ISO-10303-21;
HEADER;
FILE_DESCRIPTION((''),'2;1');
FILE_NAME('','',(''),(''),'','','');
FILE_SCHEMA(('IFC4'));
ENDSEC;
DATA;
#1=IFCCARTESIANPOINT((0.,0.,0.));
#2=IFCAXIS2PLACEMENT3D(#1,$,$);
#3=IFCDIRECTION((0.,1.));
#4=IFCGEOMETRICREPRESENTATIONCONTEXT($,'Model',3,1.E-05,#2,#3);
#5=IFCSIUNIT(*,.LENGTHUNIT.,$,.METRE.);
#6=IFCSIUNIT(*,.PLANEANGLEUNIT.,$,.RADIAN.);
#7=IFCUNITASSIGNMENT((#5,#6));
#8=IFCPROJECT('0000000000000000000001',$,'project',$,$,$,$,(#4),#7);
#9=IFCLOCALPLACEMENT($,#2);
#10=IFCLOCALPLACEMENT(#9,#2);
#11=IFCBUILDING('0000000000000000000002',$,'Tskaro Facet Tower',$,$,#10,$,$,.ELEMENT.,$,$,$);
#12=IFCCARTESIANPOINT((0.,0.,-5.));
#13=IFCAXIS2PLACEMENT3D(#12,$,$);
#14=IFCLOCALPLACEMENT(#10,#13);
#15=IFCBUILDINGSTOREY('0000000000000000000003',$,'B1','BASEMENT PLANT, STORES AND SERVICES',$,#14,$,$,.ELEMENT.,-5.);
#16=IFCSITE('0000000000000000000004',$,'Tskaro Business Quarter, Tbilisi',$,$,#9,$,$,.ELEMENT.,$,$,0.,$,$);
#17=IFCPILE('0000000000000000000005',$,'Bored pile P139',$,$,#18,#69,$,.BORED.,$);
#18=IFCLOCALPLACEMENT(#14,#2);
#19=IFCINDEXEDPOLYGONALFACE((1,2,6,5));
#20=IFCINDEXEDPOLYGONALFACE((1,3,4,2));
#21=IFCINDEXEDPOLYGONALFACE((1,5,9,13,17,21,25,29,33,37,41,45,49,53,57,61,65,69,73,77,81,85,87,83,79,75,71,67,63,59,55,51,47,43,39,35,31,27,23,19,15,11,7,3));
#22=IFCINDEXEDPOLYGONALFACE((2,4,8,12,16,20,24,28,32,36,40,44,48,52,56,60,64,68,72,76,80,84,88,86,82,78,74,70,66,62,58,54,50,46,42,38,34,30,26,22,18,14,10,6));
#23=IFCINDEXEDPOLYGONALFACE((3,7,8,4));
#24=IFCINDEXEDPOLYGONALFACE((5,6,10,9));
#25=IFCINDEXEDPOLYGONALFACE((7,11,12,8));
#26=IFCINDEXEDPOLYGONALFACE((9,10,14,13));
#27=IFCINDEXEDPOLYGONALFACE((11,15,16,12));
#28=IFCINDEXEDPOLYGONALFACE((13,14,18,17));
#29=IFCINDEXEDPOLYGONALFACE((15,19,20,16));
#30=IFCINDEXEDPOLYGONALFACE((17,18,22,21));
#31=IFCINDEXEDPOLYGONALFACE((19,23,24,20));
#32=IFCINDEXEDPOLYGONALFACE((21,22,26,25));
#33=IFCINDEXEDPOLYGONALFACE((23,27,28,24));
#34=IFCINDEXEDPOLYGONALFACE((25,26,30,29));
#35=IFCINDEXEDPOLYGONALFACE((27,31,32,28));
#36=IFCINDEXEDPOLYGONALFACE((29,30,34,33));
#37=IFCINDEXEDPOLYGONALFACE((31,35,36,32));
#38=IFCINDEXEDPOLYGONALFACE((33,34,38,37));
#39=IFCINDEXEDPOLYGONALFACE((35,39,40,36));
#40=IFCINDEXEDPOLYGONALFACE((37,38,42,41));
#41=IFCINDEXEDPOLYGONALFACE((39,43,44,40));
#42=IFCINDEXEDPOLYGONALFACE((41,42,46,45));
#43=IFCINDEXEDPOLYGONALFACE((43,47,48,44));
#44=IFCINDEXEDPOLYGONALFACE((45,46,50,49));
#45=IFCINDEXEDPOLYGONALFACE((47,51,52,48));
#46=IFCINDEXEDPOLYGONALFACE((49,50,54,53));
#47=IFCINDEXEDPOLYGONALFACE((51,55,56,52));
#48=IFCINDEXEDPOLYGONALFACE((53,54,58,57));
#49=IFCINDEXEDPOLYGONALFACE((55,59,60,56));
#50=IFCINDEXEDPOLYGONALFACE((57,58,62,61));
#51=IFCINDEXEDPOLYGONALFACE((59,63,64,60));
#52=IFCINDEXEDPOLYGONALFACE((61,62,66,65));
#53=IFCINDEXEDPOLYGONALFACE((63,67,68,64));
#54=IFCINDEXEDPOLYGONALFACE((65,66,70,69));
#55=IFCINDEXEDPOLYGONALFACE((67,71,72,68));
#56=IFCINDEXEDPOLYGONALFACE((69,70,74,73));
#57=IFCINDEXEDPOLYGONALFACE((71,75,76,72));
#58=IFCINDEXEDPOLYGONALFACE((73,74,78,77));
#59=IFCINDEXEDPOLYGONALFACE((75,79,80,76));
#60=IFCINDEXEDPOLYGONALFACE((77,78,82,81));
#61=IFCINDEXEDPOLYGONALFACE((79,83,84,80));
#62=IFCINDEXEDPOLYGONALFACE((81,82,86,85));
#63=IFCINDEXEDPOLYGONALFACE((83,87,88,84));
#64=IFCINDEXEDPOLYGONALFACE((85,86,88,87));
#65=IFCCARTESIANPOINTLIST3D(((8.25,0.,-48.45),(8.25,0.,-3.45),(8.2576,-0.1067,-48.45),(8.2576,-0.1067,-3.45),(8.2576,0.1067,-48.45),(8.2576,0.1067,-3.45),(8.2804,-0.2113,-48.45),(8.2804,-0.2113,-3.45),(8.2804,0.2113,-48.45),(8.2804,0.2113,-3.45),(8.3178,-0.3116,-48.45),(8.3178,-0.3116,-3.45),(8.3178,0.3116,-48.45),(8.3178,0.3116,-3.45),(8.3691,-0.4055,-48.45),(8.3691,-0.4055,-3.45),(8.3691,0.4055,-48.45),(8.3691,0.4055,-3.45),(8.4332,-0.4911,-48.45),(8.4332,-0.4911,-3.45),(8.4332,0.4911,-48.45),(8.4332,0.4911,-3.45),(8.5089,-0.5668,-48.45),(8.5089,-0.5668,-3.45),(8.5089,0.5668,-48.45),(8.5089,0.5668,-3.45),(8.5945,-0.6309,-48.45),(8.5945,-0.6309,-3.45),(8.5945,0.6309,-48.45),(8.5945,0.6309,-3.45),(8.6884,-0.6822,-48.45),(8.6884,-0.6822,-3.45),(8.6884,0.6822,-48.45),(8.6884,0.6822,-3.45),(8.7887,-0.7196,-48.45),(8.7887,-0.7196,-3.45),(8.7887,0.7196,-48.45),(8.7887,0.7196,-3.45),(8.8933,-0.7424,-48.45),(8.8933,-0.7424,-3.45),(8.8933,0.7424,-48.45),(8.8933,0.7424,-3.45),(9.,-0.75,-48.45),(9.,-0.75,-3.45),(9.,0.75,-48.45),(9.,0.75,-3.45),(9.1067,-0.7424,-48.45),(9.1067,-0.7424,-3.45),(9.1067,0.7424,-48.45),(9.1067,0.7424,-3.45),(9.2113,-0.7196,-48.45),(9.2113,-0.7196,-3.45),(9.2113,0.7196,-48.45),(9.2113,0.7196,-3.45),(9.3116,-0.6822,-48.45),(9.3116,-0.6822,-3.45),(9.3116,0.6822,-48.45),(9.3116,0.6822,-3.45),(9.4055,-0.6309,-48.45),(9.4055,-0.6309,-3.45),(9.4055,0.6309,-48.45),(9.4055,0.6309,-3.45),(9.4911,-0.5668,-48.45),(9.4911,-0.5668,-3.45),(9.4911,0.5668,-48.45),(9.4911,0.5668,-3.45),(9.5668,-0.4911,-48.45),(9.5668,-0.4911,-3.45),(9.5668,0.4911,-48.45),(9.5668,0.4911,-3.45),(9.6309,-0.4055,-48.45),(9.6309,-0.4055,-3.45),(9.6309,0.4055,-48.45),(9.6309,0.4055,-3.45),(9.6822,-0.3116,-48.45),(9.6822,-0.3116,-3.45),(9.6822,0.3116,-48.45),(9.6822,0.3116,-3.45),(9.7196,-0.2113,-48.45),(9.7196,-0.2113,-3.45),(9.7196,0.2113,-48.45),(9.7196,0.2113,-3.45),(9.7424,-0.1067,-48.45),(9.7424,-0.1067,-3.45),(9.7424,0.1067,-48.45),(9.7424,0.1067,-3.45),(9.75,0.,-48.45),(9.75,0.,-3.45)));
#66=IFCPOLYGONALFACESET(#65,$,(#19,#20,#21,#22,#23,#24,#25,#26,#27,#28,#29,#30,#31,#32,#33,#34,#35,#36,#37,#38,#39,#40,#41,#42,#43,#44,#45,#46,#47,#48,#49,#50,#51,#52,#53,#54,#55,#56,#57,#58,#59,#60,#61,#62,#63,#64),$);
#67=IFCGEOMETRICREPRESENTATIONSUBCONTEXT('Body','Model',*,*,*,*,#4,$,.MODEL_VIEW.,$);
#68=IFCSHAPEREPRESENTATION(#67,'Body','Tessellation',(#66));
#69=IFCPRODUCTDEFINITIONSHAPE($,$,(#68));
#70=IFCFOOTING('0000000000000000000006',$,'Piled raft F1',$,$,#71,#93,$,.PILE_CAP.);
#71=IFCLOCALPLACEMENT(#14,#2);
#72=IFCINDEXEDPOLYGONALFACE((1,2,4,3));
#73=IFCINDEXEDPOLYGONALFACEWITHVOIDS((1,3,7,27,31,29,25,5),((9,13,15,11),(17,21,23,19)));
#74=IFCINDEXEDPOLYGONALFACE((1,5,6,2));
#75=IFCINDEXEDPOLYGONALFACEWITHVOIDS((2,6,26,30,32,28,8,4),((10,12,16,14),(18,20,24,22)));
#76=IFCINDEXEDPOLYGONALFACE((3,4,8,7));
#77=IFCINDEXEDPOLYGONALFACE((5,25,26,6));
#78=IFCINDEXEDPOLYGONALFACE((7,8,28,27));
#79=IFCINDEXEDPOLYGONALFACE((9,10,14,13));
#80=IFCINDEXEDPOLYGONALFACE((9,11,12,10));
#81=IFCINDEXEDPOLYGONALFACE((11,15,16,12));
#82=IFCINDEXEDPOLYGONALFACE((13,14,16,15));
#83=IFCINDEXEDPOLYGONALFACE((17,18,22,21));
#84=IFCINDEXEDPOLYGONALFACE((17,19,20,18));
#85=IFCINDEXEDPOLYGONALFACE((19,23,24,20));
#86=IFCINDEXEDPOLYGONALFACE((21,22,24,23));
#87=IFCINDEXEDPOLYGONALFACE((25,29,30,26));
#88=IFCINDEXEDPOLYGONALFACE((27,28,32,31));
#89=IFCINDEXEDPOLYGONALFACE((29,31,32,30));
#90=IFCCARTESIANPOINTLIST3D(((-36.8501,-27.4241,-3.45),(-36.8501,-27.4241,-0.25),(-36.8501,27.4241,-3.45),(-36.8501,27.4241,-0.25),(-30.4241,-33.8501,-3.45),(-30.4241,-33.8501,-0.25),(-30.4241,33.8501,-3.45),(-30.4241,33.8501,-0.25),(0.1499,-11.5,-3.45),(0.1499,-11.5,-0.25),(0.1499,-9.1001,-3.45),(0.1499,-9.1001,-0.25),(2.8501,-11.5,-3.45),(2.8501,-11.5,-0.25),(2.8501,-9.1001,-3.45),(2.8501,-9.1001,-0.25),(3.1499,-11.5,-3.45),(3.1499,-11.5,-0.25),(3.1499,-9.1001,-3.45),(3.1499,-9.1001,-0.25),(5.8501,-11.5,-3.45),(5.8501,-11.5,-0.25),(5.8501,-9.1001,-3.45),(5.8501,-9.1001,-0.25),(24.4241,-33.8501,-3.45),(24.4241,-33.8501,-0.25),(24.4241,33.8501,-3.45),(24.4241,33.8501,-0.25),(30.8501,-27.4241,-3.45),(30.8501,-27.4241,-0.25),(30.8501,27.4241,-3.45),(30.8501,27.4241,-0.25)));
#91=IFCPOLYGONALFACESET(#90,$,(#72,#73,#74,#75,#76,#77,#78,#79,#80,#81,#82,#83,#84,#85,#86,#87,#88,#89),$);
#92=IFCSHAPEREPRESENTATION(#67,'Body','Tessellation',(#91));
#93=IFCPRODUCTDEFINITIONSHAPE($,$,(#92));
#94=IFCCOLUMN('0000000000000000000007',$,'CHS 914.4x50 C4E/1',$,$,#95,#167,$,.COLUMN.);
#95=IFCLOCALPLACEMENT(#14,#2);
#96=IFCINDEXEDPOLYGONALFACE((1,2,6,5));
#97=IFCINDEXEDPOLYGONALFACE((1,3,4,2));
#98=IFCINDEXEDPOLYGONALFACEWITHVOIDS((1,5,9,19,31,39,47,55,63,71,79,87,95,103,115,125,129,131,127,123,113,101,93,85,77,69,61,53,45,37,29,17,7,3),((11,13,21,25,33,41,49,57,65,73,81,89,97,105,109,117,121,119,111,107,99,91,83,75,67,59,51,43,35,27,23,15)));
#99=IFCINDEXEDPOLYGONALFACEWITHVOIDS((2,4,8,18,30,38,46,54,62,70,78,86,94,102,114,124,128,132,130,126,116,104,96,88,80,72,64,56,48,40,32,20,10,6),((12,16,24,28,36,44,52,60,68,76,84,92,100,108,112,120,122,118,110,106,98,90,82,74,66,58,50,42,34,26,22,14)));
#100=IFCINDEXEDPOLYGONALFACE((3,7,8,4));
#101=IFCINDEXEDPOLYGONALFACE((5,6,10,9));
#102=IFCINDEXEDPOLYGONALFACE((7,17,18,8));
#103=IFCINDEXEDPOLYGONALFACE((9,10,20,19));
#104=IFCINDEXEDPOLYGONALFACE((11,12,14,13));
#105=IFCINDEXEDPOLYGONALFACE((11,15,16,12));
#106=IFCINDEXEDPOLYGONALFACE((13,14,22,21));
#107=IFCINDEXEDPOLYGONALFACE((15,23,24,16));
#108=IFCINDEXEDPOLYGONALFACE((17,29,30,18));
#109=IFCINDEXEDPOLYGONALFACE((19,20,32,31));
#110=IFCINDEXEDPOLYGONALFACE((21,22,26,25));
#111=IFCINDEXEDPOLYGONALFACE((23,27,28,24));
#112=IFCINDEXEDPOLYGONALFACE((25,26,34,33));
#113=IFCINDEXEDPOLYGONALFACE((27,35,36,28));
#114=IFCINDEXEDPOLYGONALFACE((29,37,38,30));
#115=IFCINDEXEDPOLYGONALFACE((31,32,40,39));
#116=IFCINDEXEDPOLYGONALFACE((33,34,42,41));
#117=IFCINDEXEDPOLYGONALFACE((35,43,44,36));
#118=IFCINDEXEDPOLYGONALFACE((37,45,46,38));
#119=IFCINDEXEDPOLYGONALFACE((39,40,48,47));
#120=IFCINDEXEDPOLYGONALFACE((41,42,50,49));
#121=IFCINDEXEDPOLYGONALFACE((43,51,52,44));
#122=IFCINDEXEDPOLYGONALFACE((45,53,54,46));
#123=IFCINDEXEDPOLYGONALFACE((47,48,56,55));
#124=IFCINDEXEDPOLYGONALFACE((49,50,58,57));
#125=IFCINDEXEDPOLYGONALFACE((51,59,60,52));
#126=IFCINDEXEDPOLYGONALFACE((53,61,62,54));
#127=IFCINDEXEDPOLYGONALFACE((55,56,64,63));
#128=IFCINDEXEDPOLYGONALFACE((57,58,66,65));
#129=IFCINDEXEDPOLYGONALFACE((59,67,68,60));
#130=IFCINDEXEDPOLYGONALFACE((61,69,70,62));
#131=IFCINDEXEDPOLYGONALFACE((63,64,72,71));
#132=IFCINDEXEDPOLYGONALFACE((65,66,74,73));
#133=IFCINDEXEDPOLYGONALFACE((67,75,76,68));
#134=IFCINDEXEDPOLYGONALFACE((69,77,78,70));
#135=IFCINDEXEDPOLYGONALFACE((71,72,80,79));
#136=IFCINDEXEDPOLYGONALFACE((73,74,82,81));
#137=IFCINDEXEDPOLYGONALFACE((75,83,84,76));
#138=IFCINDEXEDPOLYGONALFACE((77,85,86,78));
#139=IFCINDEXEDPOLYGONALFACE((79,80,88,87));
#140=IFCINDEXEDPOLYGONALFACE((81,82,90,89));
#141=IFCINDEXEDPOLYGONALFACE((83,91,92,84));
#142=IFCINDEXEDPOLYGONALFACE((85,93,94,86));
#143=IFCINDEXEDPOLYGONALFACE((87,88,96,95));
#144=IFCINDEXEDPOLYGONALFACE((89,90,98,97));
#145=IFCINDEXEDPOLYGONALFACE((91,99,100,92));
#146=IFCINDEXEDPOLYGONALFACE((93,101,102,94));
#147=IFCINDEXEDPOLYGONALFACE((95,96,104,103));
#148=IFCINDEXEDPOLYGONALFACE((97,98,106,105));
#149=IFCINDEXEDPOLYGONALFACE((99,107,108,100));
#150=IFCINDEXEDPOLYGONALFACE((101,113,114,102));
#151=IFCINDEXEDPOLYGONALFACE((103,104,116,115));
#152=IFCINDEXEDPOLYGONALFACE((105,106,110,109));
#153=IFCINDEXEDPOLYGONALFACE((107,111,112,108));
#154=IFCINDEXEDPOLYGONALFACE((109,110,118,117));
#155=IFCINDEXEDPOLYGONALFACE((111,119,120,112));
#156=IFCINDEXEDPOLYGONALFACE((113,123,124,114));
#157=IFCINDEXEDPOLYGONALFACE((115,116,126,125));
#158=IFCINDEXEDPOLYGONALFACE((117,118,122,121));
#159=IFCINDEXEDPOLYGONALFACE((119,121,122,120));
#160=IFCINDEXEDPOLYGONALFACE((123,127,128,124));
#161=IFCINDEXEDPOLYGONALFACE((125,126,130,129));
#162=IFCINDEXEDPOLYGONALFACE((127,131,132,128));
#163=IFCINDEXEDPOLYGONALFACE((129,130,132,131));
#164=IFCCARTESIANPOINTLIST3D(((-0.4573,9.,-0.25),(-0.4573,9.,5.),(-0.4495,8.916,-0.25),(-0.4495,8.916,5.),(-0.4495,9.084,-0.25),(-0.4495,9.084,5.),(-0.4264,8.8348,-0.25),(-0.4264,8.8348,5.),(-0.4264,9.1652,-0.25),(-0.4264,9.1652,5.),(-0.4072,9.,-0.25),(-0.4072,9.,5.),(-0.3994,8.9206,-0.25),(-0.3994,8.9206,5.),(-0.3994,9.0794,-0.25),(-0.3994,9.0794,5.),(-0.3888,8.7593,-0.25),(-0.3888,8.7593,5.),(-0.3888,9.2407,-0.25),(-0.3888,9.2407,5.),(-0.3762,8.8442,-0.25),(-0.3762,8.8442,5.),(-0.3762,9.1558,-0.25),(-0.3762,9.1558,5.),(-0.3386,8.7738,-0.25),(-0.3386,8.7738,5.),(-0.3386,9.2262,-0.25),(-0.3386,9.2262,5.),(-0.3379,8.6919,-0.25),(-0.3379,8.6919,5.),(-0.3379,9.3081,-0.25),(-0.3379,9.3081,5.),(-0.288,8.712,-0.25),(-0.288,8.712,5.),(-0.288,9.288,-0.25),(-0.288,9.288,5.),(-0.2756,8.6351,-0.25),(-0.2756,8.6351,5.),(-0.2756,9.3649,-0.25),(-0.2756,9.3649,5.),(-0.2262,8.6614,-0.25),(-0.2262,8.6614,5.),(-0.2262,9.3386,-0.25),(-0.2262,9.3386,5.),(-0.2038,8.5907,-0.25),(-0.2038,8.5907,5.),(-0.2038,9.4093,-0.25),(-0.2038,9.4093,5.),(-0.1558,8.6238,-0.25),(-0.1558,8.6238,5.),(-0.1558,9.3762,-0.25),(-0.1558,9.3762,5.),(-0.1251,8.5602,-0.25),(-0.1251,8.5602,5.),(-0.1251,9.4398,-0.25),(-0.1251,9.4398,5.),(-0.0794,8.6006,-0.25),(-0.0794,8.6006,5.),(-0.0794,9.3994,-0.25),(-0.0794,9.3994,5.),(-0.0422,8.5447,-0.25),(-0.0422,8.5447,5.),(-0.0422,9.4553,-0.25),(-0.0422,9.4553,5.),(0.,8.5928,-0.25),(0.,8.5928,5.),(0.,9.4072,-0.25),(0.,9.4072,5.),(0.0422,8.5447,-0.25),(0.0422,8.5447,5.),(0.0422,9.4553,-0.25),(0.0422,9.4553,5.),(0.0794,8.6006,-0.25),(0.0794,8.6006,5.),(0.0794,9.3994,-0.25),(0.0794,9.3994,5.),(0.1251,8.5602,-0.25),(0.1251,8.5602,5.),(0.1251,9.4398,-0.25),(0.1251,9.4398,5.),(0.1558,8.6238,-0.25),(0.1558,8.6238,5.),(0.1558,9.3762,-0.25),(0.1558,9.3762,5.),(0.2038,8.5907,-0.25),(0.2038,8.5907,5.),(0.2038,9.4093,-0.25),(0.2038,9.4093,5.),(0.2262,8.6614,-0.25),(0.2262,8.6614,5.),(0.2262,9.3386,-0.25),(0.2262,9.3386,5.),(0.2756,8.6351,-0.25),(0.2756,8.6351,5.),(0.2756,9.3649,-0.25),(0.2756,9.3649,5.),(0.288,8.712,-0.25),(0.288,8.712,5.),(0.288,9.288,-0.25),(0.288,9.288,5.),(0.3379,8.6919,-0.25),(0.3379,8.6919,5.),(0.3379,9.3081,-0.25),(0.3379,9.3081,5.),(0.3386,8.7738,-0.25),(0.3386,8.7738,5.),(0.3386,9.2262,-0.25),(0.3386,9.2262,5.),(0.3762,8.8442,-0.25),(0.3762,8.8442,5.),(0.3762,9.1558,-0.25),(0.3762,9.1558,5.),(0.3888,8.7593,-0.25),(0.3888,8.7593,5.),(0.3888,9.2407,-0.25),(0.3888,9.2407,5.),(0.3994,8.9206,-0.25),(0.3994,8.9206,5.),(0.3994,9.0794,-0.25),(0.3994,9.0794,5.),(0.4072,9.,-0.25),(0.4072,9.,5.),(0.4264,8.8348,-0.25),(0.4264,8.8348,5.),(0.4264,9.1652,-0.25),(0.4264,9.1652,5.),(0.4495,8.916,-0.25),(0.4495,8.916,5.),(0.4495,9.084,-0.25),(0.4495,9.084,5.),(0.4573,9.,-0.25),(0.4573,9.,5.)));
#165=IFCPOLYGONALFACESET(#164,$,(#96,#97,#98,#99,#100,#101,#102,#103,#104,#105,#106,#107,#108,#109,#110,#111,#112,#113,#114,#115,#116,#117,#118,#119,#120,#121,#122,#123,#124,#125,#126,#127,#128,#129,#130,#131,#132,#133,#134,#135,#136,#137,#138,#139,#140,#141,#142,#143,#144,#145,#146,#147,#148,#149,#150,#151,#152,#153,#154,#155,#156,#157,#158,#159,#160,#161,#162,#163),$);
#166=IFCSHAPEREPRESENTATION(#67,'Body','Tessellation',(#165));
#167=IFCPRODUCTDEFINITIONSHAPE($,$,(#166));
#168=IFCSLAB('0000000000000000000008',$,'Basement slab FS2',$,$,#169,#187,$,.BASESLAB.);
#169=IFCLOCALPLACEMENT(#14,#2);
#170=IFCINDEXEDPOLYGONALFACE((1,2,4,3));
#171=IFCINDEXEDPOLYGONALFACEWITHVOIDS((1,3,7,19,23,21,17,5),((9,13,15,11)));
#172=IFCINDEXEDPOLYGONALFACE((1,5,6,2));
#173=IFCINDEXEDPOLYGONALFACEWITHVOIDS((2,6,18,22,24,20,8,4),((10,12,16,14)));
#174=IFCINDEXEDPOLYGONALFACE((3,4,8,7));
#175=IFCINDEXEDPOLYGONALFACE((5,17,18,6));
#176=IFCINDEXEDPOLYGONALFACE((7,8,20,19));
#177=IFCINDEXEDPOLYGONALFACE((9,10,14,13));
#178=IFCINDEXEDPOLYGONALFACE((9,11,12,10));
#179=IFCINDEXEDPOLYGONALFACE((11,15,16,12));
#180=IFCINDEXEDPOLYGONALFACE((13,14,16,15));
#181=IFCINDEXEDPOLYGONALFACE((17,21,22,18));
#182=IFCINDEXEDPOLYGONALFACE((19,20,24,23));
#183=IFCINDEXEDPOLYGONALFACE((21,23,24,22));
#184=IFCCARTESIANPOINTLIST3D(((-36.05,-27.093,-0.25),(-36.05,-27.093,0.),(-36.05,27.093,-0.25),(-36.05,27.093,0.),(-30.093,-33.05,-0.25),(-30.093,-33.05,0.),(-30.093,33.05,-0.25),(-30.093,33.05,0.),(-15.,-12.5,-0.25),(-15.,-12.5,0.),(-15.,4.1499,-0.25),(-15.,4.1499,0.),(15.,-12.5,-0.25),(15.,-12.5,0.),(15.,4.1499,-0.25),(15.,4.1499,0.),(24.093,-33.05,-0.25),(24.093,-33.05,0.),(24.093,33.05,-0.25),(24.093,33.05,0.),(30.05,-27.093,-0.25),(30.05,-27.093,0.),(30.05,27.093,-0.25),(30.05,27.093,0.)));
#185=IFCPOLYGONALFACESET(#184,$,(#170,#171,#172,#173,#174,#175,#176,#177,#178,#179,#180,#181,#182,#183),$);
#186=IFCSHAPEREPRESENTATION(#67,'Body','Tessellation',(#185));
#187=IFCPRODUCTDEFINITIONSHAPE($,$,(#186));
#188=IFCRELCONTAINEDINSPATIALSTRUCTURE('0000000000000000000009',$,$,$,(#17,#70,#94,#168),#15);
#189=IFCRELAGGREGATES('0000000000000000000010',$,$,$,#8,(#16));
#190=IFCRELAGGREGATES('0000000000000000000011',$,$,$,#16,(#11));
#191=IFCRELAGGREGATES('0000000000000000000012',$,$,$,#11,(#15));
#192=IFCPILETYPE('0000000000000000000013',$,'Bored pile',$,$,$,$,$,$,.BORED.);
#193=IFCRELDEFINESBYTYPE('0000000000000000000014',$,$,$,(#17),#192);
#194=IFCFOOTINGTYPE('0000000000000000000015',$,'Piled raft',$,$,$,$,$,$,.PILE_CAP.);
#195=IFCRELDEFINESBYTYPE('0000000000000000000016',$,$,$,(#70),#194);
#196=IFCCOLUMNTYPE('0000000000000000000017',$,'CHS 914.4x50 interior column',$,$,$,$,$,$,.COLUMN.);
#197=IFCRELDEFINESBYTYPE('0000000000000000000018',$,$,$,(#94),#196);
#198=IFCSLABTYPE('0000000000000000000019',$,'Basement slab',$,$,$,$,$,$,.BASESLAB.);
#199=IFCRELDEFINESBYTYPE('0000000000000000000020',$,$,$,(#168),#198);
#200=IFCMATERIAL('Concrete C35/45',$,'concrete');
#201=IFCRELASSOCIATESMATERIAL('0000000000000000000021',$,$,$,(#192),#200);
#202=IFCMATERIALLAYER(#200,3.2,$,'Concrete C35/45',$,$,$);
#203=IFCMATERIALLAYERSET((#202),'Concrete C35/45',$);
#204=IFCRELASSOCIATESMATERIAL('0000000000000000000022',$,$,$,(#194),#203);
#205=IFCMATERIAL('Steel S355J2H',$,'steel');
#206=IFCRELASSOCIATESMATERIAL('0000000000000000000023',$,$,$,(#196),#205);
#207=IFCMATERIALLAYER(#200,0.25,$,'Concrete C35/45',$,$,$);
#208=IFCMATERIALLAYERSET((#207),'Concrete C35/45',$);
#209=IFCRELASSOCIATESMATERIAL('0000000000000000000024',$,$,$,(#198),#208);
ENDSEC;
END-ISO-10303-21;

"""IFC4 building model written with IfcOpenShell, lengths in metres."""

from ifc_helpers import new_model, si_unit, direction, frame, origin, origin_2d, place, context, subcontext, project, spatial, polyline, circle, hollow_circle, outline, extrude, material, layer, layer_set, material_profile, profile_set, type_object, element, save


model = new_model("IFC4")

# Units and contexts
model_context = context("Model", 3, precision=1e-05, world=origin(), true_north=direction((0.0, 1.0)))
body_context = subcontext(model_context, "Body", "Model", "MODEL_VIEW")
ifc_project = project(units=[si_unit("LENGTHUNIT", "METRE"), si_unit("PLANEANGLEUNIT", "RADIAN")], contexts=[model_context])

# Site, building, storey
site_placement = place(None, origin())
site = spatial("IfcSite", under=ifc_project, at=site_placement, Name="Tskaro Business Quarter, Tbilisi", CompositionType="ELEMENT", RefElevation=0.0)
building_placement = place(site_placement, origin())
building = spatial("IfcBuilding", under=site, at=building_placement, Name="Tskaro Facet Tower", CompositionType="ELEMENT")
storey_placement = place(building_placement, frame((0.0, 0.0, -5.0)))
storey = spatial("IfcBuildingStorey", under=building, at=storey_placement, Name="B1", Description="BASEMENT PLANT, STORES AND SERVICES", CompositionType="ELEMENT", Elevation=-5.0)

# Pile
ifc_material_1 = material(Name="Concrete C35/45", Category="concrete")
ifc_material_profile_1 = material_profile(ifc_material_1, circle(Radius=0.75, at=origin_2d()), Name="Bored pile")
ifc_profile_set_1 = profile_set([ifc_material_profile_1], Name="Concrete C35/45")
pile_type = type_object("IfcPileType", Name="Bored pile", PredefinedType="BORED", material=ifc_profile_set_1)
for number, where, z_axis, x_axis, name in (
    (1, (9.0, 0.0, -3.45), (0.0, 0.0, -1.0), (1.0, 0.0, 0.0), "Bored pile P139"),
):
    element("IfcPile", number, at=place(storey_placement, frame(where, z_axis=z_axis, x_axis=x_axis)), inside=storey, type_object=pile_type, Name=name, PredefinedType="BORED", context=body_context, shape_type="SweptSolid", body=[
        extrude(circle(Radius=0.75, at=origin_2d()), origin(), (0.0, 0.0, 1.0), 45.0),
    ])

# Footing
ifc_layer_1 = layer(ifc_material_1, 3.2, Name="Concrete C35/45")
ifc_layer_set_1 = layer_set([ifc_layer_1], Name="Concrete C35/45")
footing_type = type_object("IfcFootingType", Name="Piled raft", PredefinedType="PILE_CAP", material=ifc_layer_set_1)
footing_placement = place(storey_placement, frame((0.0, 0.0, -3.45)))
element("IfcFooting", 2, at=footing_placement, inside=storey, type_object=footing_type, Name="Piled raft F1", PredefinedType="PILE_CAP", context=body_context, shape_type="SweptSolid", body=[
    extrude(outline(polyline([(-30.4241, -33.8501), (24.4241, -33.8501), (30.8501, -27.4241), (30.8501, 27.4241), (24.4241, 33.8501), (-30.4241, 33.8501), (-36.8501, 27.4241), (-36.8501, -27.4241), (-30.4241, -33.8501)]), holes=[polyline([(0.1499, -11.5), (2.8501, -11.5), (2.8501, -9.1001), (0.1499, -9.1001), (0.1499, -11.5)]), polyline([(3.1499, -11.5), (5.8501, -11.5), (5.8501, -9.1001), (3.1499, -9.1001), (3.1499, -11.5)])]), origin(), (0.0, 0.0, 1.0), 3.2),
])

# Column
ifc_material_2 = material(Name="Steel S355J2H", Category="steel")
ifc_material_profile_2 = material_profile(ifc_material_2, hollow_circle(Radius=0.4573, WallThickness=0.05, at=origin_2d()), Name="CHS 914.4x50")
ifc_profile_set_2 = profile_set([ifc_material_profile_2], Name="Steel S355J2H")
column_type = type_object("IfcColumnType", Name="CHS 914.4x50 interior column", PredefinedType="COLUMN", material=ifc_profile_set_2)
column_placement = place(storey_placement, frame((0.0, 9.0, -0.25), z_axis=(0.0, 0.0, 1.0), x_axis=(1.0, 0.0, 0.0)))
element("IfcColumn", 3, at=column_placement, inside=storey, type_object=column_type, Name="CHS 914.4x50 C4E/1", PredefinedType="COLUMN", context=body_context, shape_type="SweptSolid", body=[
    extrude(hollow_circle(Radius=0.4573, WallThickness=0.05, at=origin_2d()), origin(), (0.0, 0.0, 1.0), 5.25),
])

# Slab
ifc_layer_2 = layer(ifc_material_1, 0.25, Name="Concrete C35/45")
ifc_layer_set_2 = layer_set([ifc_layer_2], Name="Concrete C35/45")
slab_type_1 = type_object("IfcSlabType", Name="Basement slab", PredefinedType="BASESLAB", material=ifc_layer_set_2)
slab_1_placement = place(storey_placement, frame((0.0, 0.0, -0.25)))
element("IfcSlab", 4, at=slab_1_placement, inside=storey, type_object=slab_type_1, Name="Basement slab FS2", PredefinedType="BASESLAB", context=body_context, shape_type="SweptSolid", body=[
    extrude(outline(polyline([(-30.093, -33.05), (24.093, -33.05), (30.05, -27.093), (30.05, 27.093), (24.093, 33.05), (-30.093, 33.05), (-36.05, 27.093), (-36.05, -27.093), (-30.093, -33.05)]), holes=[polyline([(-15.0, -12.5), (15.0, -12.5), (15.0, 4.1499), (-15.0, 4.1499), (-15.0, -12.5)])]), origin(), (0.0, 0.0, 1.0), 0.25),
])

save(model, "model.ifc")
